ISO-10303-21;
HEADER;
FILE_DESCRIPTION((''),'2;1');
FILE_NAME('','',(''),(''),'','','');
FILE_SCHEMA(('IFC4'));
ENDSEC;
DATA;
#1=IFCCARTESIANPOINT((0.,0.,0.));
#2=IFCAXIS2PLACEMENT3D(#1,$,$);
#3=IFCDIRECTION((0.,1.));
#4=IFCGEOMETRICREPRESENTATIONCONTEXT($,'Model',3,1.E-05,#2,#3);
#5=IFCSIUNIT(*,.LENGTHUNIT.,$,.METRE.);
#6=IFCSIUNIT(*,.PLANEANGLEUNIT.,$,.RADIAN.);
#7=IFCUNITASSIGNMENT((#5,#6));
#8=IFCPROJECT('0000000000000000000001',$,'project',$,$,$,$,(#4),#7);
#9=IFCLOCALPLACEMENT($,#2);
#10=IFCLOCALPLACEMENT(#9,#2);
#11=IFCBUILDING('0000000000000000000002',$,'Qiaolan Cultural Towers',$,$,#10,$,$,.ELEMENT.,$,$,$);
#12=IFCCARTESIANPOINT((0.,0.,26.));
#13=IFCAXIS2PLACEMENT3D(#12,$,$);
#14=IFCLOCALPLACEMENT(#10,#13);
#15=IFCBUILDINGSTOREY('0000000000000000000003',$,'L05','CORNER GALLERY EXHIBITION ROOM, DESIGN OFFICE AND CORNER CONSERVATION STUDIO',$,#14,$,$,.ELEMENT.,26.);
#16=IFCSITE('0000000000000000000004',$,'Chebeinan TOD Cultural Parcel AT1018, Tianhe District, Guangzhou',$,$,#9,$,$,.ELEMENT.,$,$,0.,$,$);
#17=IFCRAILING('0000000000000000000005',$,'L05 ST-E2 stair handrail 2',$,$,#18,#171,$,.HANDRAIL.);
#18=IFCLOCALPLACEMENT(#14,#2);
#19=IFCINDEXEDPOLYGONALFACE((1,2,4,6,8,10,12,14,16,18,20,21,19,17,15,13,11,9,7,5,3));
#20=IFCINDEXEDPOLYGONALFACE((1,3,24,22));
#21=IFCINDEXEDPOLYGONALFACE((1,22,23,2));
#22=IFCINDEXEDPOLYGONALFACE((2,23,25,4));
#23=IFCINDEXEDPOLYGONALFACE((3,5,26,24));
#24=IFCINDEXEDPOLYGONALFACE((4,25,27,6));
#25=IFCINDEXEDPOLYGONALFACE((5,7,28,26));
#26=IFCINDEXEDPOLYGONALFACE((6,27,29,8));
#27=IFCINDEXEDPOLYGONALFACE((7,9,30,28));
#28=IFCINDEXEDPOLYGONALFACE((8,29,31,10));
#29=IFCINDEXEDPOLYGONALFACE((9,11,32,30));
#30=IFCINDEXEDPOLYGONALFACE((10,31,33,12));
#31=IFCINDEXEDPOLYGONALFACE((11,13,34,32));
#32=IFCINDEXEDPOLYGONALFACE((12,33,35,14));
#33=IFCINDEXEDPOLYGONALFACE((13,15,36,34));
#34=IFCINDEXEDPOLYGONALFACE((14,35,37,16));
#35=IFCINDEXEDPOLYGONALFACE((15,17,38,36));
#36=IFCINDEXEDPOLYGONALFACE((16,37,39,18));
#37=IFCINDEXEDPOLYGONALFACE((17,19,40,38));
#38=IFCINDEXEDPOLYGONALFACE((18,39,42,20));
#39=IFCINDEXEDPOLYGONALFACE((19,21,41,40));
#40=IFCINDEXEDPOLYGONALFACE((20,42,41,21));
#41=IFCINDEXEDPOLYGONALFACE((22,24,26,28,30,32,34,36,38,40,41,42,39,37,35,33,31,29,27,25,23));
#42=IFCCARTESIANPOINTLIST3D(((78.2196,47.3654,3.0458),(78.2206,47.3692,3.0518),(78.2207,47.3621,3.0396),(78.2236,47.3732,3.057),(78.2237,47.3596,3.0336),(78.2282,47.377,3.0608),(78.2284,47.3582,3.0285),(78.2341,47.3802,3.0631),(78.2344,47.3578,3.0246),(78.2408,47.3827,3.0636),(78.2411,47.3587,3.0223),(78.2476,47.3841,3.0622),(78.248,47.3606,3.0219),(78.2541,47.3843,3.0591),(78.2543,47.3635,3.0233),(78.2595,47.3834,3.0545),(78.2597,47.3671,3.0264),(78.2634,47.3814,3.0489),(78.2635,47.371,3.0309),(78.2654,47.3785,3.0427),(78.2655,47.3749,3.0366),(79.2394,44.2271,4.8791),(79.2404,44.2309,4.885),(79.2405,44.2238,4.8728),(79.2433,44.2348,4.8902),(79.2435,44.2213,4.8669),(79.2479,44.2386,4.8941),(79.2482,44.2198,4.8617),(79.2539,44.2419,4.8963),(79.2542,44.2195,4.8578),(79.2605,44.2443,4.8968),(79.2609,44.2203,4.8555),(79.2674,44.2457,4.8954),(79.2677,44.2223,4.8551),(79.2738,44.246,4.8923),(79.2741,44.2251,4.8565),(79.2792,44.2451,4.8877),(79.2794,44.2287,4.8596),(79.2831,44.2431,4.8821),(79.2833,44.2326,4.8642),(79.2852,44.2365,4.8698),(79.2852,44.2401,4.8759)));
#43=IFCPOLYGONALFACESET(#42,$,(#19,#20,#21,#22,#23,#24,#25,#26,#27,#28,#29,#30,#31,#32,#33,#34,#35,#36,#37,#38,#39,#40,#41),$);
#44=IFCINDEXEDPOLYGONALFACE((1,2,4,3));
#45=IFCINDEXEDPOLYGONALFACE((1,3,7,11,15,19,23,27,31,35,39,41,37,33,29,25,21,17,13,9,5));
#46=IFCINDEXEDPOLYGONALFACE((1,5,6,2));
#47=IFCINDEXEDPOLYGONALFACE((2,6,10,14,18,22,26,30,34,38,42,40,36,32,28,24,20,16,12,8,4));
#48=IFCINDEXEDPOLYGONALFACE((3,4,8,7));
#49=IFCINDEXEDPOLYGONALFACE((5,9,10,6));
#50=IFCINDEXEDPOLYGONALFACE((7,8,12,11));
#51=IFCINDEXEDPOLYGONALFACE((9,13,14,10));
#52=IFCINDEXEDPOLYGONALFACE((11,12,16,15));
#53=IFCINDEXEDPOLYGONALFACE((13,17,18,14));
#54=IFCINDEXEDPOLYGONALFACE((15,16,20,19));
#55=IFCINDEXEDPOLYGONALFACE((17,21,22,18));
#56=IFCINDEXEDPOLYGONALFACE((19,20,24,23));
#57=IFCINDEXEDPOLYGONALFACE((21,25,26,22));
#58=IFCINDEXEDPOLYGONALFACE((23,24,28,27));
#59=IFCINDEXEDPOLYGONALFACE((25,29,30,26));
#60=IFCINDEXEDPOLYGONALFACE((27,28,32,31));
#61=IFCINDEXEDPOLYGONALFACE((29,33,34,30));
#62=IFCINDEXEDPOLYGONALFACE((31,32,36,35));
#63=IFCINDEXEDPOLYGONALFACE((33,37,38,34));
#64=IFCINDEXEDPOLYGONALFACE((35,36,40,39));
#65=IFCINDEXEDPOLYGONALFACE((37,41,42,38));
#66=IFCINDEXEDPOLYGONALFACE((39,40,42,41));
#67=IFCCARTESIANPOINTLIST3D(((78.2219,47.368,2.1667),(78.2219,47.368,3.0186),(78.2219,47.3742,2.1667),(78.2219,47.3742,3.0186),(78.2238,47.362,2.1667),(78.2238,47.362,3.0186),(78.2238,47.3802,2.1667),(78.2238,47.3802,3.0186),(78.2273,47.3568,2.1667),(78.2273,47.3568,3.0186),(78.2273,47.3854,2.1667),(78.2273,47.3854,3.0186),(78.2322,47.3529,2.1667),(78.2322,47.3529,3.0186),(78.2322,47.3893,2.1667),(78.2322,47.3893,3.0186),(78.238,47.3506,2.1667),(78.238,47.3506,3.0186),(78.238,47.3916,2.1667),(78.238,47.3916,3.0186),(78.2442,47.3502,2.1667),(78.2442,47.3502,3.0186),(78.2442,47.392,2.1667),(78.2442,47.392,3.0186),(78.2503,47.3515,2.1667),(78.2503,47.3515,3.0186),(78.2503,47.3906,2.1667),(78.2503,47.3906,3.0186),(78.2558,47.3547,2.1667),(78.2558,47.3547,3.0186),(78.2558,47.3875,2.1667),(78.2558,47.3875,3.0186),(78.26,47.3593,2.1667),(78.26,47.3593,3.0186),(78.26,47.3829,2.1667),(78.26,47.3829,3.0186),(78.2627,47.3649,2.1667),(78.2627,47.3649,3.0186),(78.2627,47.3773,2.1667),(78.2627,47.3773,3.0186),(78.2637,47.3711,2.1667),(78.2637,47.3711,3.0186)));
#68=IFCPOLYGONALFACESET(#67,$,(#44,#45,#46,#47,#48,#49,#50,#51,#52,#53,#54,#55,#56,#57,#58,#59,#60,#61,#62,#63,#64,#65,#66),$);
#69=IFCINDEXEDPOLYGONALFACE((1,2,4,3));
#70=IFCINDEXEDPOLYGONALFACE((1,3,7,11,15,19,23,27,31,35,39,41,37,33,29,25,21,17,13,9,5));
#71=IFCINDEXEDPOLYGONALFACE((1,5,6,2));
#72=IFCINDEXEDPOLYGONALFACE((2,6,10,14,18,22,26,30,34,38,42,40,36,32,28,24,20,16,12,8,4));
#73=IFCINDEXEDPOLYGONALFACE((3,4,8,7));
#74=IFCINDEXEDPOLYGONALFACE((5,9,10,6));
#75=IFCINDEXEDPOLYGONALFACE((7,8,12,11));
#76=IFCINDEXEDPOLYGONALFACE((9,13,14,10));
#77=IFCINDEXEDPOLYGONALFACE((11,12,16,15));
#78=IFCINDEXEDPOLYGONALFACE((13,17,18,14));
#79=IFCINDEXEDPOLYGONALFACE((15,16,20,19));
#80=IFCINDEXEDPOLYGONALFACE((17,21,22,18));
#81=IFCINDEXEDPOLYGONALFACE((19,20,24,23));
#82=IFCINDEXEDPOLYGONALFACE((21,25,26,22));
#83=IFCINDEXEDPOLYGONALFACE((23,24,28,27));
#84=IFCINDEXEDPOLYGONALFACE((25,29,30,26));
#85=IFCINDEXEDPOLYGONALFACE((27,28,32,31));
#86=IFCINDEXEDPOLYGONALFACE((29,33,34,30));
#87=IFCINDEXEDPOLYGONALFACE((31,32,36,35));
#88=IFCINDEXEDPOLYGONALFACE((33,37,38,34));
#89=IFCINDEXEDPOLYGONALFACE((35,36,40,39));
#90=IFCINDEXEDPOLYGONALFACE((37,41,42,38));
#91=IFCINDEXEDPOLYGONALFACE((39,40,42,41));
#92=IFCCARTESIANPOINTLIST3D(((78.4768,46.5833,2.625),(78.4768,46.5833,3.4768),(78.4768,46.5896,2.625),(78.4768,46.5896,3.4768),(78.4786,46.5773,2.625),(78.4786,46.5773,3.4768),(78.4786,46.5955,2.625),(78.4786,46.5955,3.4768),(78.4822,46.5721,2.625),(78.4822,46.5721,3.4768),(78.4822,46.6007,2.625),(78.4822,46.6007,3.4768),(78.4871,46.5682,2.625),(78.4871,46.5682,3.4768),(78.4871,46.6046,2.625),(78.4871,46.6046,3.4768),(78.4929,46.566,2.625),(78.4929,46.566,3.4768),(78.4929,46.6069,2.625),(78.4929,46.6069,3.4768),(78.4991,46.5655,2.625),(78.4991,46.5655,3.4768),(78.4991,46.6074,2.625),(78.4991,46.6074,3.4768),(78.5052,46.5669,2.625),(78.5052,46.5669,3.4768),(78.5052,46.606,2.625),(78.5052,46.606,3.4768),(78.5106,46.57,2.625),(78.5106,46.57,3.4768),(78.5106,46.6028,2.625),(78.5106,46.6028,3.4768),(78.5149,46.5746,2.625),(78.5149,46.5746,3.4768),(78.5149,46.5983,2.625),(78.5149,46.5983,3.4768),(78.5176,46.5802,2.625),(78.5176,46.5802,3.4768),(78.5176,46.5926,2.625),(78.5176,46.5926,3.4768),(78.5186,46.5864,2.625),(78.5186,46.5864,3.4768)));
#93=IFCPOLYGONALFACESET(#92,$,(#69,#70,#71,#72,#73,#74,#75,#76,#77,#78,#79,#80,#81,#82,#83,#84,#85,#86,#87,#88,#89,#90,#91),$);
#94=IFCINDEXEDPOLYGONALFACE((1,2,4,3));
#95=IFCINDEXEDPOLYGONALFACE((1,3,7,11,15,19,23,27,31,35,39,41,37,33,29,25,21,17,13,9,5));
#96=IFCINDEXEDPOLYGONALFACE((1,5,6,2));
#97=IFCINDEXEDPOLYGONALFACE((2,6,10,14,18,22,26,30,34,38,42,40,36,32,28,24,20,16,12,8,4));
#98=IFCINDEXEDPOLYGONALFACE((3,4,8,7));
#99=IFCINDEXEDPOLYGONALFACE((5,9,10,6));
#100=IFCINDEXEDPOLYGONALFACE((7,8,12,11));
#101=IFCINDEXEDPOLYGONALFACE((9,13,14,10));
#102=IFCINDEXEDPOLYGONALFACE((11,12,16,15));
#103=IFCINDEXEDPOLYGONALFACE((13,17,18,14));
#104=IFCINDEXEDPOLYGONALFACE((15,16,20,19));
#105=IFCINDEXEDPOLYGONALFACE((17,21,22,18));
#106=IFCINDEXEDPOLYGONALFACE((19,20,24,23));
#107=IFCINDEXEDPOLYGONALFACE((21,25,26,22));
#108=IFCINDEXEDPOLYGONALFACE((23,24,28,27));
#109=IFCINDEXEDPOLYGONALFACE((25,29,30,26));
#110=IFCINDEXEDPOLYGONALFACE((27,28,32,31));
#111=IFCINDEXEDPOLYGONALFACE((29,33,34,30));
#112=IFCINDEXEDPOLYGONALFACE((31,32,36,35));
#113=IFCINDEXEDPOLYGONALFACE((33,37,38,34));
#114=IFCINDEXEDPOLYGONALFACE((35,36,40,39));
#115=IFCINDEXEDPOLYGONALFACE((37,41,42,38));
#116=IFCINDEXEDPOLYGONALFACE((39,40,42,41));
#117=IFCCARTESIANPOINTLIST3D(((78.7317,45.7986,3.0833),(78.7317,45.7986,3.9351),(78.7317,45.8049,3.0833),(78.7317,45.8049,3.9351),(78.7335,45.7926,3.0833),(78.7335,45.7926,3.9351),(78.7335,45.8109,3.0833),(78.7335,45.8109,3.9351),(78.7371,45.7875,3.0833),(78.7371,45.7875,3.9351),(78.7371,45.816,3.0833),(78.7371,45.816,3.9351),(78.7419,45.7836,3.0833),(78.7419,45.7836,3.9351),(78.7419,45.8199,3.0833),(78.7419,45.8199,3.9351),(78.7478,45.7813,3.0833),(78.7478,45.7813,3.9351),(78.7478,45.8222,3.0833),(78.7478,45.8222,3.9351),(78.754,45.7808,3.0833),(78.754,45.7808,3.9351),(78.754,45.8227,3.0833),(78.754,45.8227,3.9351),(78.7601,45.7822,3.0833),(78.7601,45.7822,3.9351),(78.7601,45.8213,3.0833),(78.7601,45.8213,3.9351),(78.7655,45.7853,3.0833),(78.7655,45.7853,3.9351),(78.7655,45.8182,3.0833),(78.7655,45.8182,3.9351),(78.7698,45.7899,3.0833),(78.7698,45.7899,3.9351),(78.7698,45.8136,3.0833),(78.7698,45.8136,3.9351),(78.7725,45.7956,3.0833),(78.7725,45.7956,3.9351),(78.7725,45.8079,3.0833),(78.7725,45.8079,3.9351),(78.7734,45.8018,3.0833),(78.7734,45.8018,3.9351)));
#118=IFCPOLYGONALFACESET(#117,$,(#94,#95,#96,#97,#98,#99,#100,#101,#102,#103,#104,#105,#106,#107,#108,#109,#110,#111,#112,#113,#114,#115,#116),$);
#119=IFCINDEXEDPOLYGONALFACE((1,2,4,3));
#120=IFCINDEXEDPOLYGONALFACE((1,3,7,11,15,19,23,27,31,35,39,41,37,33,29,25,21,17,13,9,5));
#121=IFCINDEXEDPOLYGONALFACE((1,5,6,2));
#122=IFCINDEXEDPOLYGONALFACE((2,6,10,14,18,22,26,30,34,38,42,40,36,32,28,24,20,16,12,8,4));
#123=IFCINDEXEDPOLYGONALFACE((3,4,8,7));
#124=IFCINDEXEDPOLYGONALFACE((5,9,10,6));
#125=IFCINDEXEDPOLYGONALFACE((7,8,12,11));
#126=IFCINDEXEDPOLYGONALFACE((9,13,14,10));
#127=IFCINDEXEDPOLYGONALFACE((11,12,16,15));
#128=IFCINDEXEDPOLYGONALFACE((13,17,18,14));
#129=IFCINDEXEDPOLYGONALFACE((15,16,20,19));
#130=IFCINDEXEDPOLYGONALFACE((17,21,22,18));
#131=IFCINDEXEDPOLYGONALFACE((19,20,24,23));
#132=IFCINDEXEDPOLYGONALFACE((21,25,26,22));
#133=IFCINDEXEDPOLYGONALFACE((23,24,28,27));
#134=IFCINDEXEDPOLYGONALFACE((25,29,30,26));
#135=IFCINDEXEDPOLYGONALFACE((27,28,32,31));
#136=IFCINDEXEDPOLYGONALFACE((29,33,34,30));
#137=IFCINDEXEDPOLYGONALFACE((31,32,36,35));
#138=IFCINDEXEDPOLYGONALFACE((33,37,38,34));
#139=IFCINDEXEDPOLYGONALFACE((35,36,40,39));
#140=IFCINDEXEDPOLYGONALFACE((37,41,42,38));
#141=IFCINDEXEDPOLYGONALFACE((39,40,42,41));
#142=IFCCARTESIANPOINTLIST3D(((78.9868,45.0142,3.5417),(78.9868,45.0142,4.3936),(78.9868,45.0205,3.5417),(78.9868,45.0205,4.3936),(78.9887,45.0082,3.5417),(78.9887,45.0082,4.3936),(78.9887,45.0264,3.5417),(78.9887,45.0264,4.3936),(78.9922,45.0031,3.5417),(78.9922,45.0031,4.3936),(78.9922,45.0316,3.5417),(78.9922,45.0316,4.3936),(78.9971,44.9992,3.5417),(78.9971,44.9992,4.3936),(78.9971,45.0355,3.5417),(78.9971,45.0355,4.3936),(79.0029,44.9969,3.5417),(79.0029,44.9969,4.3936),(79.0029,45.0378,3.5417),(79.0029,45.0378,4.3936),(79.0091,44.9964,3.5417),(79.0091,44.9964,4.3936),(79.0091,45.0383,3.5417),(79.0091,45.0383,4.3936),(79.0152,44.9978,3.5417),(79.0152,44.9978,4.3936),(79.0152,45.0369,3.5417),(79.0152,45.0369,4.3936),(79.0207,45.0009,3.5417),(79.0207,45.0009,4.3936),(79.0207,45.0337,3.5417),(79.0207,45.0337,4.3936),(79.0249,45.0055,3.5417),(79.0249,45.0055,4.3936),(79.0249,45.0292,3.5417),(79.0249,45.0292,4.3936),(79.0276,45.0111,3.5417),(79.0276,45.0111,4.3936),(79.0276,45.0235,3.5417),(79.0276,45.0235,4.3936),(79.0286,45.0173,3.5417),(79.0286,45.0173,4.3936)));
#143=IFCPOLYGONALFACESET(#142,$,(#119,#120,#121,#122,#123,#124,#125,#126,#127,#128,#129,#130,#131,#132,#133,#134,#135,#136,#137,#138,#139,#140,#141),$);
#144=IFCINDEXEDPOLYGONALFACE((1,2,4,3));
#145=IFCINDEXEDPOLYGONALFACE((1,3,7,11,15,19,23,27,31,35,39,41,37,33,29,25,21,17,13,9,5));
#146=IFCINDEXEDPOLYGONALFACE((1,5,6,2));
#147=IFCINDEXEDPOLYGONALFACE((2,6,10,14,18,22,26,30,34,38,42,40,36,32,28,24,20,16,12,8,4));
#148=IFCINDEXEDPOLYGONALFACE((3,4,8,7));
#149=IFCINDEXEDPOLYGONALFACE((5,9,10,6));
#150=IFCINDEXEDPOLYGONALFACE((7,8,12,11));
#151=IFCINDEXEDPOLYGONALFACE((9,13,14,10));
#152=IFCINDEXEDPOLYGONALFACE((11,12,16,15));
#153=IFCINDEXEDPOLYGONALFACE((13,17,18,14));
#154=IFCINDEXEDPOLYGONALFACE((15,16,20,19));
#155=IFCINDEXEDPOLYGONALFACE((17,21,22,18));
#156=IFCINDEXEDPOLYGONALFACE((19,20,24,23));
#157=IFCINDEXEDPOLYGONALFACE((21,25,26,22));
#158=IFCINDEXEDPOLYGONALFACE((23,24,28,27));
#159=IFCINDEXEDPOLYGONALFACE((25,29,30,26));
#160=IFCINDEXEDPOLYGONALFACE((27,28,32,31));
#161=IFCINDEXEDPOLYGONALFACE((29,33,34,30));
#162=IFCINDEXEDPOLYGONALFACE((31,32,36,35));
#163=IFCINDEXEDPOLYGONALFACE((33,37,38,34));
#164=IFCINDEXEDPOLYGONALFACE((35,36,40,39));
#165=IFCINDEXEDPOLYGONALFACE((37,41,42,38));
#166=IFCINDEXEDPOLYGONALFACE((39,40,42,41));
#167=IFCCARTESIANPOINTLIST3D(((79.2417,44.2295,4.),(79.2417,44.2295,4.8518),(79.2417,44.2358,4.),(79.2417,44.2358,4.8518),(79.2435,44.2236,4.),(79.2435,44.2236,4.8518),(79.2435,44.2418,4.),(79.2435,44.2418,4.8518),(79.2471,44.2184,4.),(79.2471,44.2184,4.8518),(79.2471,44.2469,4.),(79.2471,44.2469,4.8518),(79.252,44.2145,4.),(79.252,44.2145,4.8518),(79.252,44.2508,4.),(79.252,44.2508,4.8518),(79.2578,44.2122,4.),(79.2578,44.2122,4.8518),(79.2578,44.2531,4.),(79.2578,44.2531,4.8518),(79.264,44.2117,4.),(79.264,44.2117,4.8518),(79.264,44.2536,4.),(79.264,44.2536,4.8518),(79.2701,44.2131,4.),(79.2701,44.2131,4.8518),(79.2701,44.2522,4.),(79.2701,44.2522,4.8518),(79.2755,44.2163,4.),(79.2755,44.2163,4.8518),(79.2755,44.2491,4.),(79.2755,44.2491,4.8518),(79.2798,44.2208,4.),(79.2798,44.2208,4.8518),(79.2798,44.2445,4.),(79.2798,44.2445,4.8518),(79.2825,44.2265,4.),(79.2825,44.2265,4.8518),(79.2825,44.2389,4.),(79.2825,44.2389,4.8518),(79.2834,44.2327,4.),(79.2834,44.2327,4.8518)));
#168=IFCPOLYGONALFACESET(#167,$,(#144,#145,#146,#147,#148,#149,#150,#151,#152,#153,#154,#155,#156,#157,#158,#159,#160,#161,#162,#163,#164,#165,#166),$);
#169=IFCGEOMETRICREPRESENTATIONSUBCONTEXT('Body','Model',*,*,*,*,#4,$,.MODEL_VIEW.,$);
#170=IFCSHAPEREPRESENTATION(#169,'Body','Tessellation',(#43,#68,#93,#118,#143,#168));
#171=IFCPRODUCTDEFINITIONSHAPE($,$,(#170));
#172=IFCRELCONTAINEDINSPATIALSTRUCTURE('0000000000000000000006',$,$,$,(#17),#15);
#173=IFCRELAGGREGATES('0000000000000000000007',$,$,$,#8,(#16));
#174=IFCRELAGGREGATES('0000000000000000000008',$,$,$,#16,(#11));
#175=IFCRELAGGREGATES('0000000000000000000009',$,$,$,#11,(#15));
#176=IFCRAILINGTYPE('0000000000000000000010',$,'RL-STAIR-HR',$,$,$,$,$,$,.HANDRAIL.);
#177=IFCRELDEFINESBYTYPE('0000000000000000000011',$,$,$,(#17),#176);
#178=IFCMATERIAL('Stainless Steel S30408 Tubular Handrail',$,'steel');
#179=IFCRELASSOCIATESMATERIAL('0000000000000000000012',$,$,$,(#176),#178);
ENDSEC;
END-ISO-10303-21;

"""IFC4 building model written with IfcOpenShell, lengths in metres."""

from ifc_helpers import new_model, si_unit, direction, frame, origin, origin_2d, place, context, subcontext, project, spatial, circle, extrude, material, type_object, element, save


model = new_model("IFC4")

# Units and contexts
model_context = context("Model", 3, precision=1e-05, world=origin(), true_north=direction((0.0, 1.0)))
body_context = subcontext(model_context, "Body", "Model", "MODEL_VIEW")
ifc_project = project(units=[si_unit("LENGTHUNIT", "METRE"), si_unit("PLANEANGLEUNIT", "RADIAN")], contexts=[model_context])

# Site, building, storey
site_placement = place(None, origin())
site = spatial("IfcSite", under=ifc_project, at=site_placement, Name="Chebeinan TOD Cultural Parcel AT1018, Tianhe District, Guangzhou", CompositionType="ELEMENT", RefElevation=0.0)
building_placement = place(site_placement, origin())
building = spatial("IfcBuilding", under=site, at=building_placement, Name="Qiaolan Cultural Towers", CompositionType="ELEMENT")
storey_placement = place(building_placement, frame((0.0, 0.0, 26.0)))
storey = spatial("IfcBuildingStorey", under=building, at=storey_placement, Name="L05", Description="CORNER GALLERY EXHIBITION ROOM, DESIGN OFFICE AND CORNER CONSERVATION STUDIO", CompositionType="ELEMENT", Elevation=26.0)

# Railing
ifc_material_1 = material(Name="Stainless Steel S30408 Tubular Handrail", Category="steel")
railing_type_1 = type_object("IfcRailingType", Name="RL-STAIR-HR", PredefinedType="HANDRAIL", material=ifc_material_1)
railing_1_placement = place(storey_placement, frame((78.2427, 47.3711, 2.1667)))
element("IfcRailing", 1, at=railing_1_placement, inside=storey, type_object=railing_type_1, Name="L05 ST-E2 stair handrail 2", PredefinedType="HANDRAIL", context=body_context, shape_type="SweptSolid", body=[
    extrude(circle(Radius=0.0239, at=origin_2d()), frame((0.0, 0.0, 0.876), z_axis=(0.270141, -0.831376, 0.485632), x_axis=(0.951053, 0.309028, 0.0)), (0.0, 0.0, 1.0), 3.7749),
    extrude(circle(Radius=0.021, at=origin_2d()), origin(), (0.0, 0.0, 1.0), 0.8518),
    extrude(circle(Radius=0.021, at=origin_2d()), frame((0.2549, -0.7847, 0.4583)), (0.0, 0.0, 1.0), 0.8518),
    extrude(circle(Radius=0.021, at=origin_2d()), frame((0.5098, -1.5693, 0.9165)), (0.0, 0.0, 1.0), 0.8518),
    extrude(circle(Radius=0.021, at=origin_2d()), frame((0.7649, -2.3538, 1.375)), (0.0, 0.0, 1.0), 0.8518),
    extrude(circle(Radius=0.021, at=origin_2d()), frame((1.0198, -3.1384, 1.8333)), (0.0, 0.0, 1.0), 0.8518),
])

save(model, "model.ifc")
